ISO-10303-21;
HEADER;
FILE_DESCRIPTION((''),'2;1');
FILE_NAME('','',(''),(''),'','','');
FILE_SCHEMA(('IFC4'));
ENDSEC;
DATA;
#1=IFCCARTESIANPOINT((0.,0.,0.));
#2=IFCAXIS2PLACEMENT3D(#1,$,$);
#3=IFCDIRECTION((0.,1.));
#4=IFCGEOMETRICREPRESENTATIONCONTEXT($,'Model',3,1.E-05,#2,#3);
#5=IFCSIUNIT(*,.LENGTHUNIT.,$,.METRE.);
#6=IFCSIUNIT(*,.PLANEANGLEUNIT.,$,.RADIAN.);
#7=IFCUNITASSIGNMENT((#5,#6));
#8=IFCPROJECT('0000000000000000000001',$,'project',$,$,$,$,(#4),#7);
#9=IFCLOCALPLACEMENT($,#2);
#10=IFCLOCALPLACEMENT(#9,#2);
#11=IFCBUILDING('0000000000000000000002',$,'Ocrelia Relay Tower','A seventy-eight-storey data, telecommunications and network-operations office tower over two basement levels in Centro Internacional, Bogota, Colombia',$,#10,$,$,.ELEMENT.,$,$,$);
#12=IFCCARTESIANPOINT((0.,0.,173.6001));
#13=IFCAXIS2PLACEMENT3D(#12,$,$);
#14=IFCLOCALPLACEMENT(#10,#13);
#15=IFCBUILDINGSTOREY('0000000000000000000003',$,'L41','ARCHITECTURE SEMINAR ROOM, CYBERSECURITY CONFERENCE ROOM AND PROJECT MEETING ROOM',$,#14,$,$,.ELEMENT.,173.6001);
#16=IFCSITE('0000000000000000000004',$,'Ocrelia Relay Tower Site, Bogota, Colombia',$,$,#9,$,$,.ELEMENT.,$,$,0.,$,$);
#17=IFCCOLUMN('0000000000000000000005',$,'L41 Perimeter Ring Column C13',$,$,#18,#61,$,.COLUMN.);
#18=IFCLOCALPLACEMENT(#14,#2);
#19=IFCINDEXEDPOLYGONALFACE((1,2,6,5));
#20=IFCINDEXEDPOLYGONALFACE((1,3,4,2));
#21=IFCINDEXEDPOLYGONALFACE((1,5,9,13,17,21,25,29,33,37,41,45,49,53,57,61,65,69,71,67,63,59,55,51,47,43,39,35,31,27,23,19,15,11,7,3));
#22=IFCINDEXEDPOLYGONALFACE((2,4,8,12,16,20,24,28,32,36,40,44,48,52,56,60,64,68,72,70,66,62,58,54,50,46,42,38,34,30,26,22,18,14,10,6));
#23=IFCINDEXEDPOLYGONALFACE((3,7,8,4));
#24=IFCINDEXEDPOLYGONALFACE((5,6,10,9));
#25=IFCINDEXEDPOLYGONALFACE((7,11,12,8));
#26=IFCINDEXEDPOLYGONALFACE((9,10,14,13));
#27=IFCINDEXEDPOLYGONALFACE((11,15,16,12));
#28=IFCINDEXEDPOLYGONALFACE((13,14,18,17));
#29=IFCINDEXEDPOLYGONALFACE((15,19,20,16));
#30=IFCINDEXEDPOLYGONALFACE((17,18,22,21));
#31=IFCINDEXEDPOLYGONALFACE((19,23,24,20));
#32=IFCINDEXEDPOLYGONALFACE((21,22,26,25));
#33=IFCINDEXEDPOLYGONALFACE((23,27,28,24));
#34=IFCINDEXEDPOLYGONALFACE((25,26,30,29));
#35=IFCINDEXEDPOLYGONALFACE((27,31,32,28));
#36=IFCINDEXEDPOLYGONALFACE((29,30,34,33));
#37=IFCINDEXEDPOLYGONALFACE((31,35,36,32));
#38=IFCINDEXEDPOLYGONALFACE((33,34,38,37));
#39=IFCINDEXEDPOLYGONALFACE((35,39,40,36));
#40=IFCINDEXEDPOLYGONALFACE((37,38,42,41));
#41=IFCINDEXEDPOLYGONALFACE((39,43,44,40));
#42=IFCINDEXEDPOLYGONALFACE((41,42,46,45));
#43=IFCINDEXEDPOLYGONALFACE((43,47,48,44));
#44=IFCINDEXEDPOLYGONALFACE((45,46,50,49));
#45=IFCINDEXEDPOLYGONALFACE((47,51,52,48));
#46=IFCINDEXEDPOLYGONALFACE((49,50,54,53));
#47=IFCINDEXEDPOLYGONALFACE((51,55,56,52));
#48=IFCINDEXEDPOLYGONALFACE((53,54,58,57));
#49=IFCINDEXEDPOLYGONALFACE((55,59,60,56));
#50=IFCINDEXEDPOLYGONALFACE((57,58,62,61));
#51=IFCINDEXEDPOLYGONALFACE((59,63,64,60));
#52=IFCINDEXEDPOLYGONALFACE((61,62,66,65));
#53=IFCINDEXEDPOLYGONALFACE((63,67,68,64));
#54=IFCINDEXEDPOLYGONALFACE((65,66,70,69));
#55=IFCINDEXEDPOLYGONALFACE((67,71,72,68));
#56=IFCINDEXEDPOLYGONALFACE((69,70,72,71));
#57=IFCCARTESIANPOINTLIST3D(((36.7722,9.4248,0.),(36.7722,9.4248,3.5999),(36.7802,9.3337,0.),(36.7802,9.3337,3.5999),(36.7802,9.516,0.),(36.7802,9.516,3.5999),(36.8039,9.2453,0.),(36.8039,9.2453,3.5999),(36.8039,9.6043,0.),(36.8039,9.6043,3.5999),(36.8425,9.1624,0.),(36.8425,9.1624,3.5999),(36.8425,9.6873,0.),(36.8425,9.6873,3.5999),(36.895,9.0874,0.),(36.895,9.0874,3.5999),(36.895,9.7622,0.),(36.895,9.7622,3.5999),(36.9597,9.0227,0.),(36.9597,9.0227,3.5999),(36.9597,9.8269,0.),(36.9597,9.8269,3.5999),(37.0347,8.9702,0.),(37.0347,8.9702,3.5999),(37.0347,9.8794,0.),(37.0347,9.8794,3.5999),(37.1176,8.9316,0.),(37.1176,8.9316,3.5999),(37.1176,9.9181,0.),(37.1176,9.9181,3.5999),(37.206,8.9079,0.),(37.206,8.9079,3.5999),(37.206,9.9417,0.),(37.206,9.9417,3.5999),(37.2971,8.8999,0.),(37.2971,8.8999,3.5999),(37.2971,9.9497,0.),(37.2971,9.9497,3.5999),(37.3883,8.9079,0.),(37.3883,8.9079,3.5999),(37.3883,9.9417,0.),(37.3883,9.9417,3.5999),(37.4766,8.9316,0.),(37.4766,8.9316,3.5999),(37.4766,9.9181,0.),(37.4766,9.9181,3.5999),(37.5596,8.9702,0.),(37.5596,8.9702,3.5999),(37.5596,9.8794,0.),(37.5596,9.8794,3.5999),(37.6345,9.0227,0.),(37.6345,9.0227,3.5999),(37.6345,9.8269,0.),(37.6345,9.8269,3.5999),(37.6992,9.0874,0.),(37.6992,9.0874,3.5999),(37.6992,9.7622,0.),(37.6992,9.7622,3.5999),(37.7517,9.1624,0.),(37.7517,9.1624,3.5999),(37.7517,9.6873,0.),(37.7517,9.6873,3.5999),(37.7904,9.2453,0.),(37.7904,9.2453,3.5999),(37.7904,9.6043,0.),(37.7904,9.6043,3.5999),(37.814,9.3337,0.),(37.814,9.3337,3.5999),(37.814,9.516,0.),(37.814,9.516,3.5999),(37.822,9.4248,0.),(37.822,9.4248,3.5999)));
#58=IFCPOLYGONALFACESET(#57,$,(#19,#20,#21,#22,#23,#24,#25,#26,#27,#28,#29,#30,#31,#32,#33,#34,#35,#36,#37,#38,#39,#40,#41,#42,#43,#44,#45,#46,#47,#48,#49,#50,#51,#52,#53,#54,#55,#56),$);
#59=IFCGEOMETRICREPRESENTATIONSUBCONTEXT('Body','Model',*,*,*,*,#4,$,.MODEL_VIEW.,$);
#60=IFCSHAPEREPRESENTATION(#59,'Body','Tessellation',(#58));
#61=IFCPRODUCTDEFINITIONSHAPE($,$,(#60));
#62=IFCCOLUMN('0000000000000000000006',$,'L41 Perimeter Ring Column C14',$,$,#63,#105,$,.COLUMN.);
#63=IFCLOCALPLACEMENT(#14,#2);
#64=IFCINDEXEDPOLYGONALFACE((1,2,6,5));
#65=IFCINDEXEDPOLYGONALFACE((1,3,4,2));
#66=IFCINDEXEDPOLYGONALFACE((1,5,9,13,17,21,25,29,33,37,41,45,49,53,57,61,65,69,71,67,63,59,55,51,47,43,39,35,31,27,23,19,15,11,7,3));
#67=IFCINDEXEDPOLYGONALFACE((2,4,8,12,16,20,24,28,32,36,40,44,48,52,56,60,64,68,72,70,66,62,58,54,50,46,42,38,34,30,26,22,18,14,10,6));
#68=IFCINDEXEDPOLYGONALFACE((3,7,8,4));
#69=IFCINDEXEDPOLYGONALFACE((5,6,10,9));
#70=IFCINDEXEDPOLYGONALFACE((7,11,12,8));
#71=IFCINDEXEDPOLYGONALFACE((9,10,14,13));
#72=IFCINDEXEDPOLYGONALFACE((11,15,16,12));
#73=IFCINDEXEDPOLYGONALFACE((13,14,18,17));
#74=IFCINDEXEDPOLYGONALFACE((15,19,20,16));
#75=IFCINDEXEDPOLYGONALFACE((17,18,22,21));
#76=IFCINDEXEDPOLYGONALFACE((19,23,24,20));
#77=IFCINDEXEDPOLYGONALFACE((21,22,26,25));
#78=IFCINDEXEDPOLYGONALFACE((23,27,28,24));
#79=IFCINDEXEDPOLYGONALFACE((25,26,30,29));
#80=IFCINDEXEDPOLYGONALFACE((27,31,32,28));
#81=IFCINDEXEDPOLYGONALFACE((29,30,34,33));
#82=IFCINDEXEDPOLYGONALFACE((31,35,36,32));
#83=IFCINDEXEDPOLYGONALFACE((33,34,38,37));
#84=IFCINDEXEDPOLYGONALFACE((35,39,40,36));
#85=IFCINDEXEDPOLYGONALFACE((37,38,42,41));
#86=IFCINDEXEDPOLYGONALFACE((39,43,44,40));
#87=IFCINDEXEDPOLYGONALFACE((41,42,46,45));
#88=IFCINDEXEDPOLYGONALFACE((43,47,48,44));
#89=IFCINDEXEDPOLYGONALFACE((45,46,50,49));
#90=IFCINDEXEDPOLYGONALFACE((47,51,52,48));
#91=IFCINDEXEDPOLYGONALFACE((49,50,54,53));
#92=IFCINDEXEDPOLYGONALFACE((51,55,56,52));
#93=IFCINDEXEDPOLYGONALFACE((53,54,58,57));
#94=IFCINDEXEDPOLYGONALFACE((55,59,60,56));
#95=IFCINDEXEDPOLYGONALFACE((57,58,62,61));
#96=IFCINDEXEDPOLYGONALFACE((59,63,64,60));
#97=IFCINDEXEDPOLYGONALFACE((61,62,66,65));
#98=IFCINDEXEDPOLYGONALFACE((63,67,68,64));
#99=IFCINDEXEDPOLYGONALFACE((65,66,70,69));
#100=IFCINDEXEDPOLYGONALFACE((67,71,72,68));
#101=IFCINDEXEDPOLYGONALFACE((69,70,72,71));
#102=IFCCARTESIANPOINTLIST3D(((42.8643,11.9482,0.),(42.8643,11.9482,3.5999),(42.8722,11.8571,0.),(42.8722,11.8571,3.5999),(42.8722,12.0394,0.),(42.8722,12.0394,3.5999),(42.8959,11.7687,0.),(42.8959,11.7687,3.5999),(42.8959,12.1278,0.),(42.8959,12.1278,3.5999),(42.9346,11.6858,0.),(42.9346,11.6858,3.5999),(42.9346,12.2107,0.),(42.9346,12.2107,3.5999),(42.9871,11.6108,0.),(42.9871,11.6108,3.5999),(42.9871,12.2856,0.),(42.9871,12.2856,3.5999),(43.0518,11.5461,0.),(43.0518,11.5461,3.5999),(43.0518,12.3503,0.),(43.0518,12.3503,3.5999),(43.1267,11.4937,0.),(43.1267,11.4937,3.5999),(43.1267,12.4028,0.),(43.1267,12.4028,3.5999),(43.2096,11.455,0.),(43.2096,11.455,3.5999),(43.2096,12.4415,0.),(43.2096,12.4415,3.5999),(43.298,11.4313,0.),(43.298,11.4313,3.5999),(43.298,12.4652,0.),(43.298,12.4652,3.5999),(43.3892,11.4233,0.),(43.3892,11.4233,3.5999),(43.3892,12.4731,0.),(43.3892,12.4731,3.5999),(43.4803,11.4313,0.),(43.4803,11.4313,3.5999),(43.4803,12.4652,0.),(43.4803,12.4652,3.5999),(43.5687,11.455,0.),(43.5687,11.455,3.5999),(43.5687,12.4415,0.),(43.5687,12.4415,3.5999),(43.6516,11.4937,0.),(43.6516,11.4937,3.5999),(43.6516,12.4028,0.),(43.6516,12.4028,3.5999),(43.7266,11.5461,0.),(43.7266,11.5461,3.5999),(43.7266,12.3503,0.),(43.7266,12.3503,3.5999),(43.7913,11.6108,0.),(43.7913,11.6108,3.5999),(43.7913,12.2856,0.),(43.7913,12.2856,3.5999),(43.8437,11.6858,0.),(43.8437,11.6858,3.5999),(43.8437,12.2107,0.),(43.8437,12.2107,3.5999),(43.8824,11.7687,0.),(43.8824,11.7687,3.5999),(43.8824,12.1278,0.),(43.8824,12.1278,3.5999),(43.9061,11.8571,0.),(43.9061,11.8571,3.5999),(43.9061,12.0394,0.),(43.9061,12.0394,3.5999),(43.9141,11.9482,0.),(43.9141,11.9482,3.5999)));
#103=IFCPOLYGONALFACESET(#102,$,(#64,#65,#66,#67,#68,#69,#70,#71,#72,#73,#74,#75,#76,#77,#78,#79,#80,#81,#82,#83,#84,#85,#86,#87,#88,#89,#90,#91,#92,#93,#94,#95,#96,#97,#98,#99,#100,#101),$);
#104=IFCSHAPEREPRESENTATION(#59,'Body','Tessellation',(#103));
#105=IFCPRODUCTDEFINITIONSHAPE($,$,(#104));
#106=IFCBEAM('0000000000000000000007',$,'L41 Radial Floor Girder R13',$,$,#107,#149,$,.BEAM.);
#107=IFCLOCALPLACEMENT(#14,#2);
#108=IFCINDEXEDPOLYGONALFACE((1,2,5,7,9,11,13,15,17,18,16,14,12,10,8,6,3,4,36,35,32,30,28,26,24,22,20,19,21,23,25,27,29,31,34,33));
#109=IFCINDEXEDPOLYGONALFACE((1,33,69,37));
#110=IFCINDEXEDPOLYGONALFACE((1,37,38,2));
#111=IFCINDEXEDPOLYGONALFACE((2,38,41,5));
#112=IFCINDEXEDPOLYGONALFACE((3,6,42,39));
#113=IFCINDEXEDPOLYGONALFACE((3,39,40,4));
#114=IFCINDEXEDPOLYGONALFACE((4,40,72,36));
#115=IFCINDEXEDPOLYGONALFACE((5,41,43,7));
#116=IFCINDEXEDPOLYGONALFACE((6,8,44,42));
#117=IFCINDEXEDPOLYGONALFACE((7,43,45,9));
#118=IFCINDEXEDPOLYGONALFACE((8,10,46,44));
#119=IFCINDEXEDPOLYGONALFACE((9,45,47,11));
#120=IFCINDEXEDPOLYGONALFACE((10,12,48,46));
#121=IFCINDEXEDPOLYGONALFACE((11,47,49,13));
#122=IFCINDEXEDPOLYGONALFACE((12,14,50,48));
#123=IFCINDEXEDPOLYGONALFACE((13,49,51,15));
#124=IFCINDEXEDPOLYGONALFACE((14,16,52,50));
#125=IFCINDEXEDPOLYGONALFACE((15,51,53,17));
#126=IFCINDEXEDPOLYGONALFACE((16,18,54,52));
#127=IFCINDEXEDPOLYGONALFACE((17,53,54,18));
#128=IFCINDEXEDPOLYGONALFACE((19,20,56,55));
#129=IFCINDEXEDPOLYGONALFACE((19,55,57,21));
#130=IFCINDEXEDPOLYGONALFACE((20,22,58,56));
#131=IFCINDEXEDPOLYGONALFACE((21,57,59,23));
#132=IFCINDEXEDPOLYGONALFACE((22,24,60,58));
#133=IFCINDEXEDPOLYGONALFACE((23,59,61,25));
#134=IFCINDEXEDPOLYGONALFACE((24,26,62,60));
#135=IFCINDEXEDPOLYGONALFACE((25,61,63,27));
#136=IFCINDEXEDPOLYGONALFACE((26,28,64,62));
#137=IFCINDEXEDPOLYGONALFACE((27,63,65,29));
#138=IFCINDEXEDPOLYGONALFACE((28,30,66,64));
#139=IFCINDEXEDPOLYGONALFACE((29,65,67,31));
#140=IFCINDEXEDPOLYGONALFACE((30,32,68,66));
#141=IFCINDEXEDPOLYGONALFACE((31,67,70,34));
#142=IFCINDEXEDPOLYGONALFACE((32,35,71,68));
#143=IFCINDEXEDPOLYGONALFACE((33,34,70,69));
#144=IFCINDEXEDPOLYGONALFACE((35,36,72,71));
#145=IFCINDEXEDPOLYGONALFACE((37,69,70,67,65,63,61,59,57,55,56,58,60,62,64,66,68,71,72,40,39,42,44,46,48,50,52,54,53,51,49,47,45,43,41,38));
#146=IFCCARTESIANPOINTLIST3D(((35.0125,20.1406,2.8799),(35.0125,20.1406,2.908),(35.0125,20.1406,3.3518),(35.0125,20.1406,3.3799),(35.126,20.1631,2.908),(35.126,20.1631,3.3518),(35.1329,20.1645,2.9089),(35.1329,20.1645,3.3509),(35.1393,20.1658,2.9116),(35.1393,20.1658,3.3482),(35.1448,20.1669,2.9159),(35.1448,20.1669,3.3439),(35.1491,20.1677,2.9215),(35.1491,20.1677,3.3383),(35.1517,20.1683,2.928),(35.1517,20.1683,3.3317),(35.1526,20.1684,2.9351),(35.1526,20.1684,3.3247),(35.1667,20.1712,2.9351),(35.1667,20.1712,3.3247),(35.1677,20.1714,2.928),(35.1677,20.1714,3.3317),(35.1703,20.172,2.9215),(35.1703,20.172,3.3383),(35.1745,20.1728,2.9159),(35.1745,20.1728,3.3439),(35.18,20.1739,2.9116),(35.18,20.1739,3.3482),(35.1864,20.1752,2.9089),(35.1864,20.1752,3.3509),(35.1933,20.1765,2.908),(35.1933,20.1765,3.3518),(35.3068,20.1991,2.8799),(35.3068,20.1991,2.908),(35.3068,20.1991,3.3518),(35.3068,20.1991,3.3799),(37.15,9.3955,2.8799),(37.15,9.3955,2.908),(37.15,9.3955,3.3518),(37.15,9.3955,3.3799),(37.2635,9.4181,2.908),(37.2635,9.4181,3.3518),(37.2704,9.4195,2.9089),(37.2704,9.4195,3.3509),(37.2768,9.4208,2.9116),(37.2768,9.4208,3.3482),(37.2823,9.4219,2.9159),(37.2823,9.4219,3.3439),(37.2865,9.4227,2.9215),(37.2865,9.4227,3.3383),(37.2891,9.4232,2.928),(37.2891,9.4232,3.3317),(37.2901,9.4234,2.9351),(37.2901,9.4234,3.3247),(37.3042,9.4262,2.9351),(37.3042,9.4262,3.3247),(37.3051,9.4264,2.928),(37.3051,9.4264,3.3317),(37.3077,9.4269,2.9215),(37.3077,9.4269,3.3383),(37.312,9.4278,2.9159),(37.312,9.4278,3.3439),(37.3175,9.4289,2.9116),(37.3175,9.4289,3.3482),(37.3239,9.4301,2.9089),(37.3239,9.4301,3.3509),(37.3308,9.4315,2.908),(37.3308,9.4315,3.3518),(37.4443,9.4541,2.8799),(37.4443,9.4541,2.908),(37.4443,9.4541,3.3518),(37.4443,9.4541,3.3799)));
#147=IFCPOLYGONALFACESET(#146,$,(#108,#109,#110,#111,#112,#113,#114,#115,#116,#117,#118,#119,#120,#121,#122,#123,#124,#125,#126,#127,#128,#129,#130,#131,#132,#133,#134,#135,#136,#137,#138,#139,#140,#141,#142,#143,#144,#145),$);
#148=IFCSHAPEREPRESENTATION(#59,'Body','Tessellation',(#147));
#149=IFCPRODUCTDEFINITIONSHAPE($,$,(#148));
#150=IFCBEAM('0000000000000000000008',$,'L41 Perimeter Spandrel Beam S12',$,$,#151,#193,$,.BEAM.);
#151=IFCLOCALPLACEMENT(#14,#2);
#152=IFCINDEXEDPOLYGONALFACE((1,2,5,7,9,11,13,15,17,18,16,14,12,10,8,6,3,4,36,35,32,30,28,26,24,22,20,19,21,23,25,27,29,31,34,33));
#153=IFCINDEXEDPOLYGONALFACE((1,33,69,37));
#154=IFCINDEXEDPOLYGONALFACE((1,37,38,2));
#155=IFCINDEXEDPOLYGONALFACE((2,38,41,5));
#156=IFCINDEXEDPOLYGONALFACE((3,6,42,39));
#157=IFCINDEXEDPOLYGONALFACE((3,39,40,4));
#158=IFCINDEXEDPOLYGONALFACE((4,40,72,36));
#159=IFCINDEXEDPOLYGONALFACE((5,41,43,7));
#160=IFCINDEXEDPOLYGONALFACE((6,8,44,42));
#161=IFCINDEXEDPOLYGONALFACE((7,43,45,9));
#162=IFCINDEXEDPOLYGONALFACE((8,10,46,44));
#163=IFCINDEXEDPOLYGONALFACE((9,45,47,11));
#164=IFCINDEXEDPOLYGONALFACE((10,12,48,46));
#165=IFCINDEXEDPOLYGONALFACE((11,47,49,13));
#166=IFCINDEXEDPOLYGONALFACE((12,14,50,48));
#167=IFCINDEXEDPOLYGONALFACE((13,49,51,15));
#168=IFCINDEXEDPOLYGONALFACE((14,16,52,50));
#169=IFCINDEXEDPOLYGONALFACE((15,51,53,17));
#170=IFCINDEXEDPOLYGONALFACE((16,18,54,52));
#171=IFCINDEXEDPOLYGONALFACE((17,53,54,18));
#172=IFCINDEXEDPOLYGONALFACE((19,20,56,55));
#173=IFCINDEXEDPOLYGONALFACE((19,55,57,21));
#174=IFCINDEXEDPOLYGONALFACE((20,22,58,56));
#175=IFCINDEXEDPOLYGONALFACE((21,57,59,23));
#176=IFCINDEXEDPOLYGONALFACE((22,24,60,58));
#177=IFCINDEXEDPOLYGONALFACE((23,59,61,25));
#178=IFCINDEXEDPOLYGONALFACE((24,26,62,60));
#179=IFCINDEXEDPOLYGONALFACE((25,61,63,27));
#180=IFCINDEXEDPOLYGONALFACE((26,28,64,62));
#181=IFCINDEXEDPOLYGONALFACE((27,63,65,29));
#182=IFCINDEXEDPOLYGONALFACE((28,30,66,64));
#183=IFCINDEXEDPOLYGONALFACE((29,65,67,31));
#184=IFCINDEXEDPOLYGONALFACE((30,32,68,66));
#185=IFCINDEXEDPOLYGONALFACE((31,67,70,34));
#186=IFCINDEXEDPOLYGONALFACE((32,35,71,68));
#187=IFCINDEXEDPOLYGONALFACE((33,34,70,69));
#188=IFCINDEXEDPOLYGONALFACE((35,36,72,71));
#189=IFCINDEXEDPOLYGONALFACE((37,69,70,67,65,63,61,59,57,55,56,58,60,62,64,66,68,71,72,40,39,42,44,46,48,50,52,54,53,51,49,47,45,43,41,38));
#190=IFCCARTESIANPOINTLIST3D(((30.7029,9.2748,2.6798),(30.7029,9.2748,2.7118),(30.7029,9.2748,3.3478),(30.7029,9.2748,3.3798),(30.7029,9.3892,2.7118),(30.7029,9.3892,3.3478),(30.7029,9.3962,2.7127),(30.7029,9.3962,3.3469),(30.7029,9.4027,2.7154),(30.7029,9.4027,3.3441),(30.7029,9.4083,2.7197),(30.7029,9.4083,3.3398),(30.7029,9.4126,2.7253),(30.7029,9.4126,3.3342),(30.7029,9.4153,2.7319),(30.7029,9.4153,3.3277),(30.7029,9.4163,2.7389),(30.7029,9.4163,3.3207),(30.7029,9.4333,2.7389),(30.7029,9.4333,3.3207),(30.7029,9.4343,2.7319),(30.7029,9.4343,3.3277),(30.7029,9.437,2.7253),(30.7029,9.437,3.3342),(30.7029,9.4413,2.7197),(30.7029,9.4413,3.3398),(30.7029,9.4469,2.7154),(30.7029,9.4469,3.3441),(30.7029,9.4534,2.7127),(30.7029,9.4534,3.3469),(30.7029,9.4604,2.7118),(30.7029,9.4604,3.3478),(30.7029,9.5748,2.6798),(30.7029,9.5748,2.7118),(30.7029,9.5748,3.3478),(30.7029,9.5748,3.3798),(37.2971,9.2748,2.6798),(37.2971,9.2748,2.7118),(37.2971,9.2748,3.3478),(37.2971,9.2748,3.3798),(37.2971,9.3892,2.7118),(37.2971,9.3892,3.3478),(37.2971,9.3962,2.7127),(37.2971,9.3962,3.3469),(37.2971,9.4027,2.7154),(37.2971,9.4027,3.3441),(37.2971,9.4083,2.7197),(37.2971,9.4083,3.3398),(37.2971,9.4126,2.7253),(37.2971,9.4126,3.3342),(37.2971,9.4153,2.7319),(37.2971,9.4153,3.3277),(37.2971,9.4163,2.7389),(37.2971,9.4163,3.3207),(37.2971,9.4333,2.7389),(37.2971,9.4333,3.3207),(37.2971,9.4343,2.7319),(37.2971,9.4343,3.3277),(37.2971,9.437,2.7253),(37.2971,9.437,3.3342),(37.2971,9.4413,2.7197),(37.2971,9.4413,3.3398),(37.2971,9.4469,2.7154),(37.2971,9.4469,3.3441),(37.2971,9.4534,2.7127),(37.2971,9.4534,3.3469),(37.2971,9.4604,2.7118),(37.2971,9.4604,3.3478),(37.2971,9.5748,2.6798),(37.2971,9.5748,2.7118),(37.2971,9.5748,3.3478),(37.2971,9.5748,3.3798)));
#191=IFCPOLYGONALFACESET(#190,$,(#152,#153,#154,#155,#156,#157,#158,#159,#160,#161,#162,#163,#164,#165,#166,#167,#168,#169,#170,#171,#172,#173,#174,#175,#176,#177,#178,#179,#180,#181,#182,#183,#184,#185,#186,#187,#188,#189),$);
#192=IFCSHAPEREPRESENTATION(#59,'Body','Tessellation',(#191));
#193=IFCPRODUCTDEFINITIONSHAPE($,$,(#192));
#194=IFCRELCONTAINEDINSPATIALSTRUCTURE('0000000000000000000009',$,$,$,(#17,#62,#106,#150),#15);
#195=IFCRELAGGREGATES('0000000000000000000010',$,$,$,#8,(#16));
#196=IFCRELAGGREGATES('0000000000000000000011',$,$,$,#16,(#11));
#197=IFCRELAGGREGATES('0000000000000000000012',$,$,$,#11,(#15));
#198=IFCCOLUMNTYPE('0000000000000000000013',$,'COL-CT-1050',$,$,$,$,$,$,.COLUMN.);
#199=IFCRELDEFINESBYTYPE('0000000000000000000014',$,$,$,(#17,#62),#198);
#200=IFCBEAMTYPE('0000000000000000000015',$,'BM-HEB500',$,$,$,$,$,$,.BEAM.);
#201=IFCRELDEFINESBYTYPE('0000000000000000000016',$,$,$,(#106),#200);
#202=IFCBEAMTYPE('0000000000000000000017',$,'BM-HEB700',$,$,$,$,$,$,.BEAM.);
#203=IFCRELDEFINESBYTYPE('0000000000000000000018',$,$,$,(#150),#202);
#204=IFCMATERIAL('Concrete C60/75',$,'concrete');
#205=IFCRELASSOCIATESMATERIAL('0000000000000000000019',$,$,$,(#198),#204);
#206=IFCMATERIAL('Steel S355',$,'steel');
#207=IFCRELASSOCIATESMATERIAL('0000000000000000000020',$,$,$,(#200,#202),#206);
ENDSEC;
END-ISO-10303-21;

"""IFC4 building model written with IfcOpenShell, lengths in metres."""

from ifc_helpers import new_model, si_unit, direction, frame, origin, origin_2d, place, context, subcontext, project, spatial, circle, i_section, extrude, material, material_profile, profile_set, type_object, element, save


model = new_model("IFC4")

# Units and contexts
model_context = context("Model", 3, precision=1e-05, world=origin(), true_north=direction((0.0, 1.0)))
body_context = subcontext(model_context, "Body", "Model", "MODEL_VIEW")
ifc_project = project(units=[si_unit("LENGTHUNIT", "METRE"), si_unit("PLANEANGLEUNIT", "RADIAN")], contexts=[model_context])

# Site, building, storey
site_placement = place(None, origin())
site = spatial("IfcSite", under=ifc_project, at=site_placement, Name="Ocrelia Relay Tower Site, Bogota, Colombia", CompositionType="ELEMENT", RefElevation=0.0)
building_placement = place(site_placement, origin())
building = spatial("IfcBuilding", under=site, at=building_placement, Name="Ocrelia Relay Tower", Description="A seventy-eight-storey data, telecommunications and network-operations office tower over two basement levels in Centro Internacional, Bogota, Colombia", CompositionType="ELEMENT")
storey_placement = place(building_placement, frame((0.0, 0.0, 173.6001)))
storey = spatial("IfcBuildingStorey", under=building, at=storey_placement, Name="L41", Description="ARCHITECTURE SEMINAR ROOM, CYBERSECURITY CONFERENCE ROOM AND PROJECT MEETING ROOM", CompositionType="ELEMENT", Elevation=173.6001)

# Columns
ifc_material_1 = material(Name="Concrete C60/75", Category="concrete")
ifc_material_profile_1 = material_profile(ifc_material_1, circle(Radius=0.5249, at=origin_2d()), Name="RC-CIR-1050")
ifc_profile_set_1 = profile_set([ifc_material_profile_1], Name="Concrete C60/75")
column_type = type_object("IfcColumnType", Name="COL-CT-1050", PredefinedType="COLUMN", material=ifc_profile_set_1)
for number, where, z_axis, x_axis, name in (
    (1, (37.2971, 9.4248, 0.0), (0.0, 0.0, 1.0), (1.0, 0.0, 0.0), "L41 Perimeter Ring Column C13"),
    (2, (43.3892, 11.9482, 0.0), (0.0, 0.0, 1.0), (1.0, 0.0, 0.0), "L41 Perimeter Ring Column C14"),
):
    element("IfcColumn", number, at=place(storey_placement, frame(where, z_axis=z_axis, x_axis=x_axis)), inside=storey, type_object=column_type, Name=name, PredefinedType="COLUMN", context=body_context, shape_type="SweptSolid", body=[
        extrude(circle(Radius=0.5249, at=origin_2d()), origin(), (0.0, 0.0, 1.0), 3.5999),
    ])

# Beams
ifc_material_2 = material(Name="Steel S355", Category="steel")
ifc_material_profile_2 = material_profile(ifc_material_2, i_section(OverallWidth=0.3, OverallDepth=0.5, WebThickness=0.0144, FlangeThickness=0.0281, FilletRadius=0.0271, at=origin_2d()), Name="HEB 500")
ifc_profile_set_2 = profile_set([ifc_material_profile_2], Name="Steel S355")
beam_type_1 = type_object("IfcBeamType", Name="BM-HEB500", PredefinedType="BEAM", material=ifc_profile_set_2)
beam_1_placement = place(storey_placement, frame((37.2971, 9.4248, 3.1299), z_axis=(-0.1951, 0.980783, 0.0), x_axis=(-0.980783, -0.1951, 0.0)))
element("IfcBeam", 3, at=beam_1_placement, inside=storey, type_object=beam_type_1, Name="L41 Radial Floor Girder R13", PredefinedType="BEAM", context=body_context, shape_type="SweptSolid", body=[
    extrude(i_section(OverallWidth=0.3, OverallDepth=0.5, WebThickness=0.0144, FlangeThickness=0.0281, FilletRadius=0.0271, at=origin_2d()), origin(), (0.0, 0.0, 1.0), 10.9556),
])
ifc_material_profile_3 = material_profile(ifc_material_2, i_section(OverallWidth=0.3, OverallDepth=0.7, WebThickness=0.0171, FlangeThickness=0.032, FilletRadius=0.0271, at=origin_2d()), Name="HEB 700")
ifc_profile_set_3 = profile_set([ifc_material_profile_3], Name="Steel S355")
beam_type_2 = type_object("IfcBeamType", Name="BM-HEB700", PredefinedType="BEAM", material=ifc_profile_set_3)
beam_2_placement = place(storey_placement, frame((30.7029, 9.4248, 3.0298), z_axis=(1.0, 0.0, 0.0), x_axis=(0.0, 1.0, 0.0)))
element("IfcBeam", 4, at=beam_2_placement, inside=storey, type_object=beam_type_2, Name="L41 Perimeter Spandrel Beam S12", PredefinedType="BEAM", context=body_context, shape_type="SweptSolid", body=[
    extrude(i_section(OverallWidth=0.3, OverallDepth=0.7, WebThickness=0.0171, FlangeThickness=0.032, FilletRadius=0.0271, at=origin_2d()), origin(), (0.0, 0.0, 1.0), 6.5942),
])

save(model, "model.ifc")
